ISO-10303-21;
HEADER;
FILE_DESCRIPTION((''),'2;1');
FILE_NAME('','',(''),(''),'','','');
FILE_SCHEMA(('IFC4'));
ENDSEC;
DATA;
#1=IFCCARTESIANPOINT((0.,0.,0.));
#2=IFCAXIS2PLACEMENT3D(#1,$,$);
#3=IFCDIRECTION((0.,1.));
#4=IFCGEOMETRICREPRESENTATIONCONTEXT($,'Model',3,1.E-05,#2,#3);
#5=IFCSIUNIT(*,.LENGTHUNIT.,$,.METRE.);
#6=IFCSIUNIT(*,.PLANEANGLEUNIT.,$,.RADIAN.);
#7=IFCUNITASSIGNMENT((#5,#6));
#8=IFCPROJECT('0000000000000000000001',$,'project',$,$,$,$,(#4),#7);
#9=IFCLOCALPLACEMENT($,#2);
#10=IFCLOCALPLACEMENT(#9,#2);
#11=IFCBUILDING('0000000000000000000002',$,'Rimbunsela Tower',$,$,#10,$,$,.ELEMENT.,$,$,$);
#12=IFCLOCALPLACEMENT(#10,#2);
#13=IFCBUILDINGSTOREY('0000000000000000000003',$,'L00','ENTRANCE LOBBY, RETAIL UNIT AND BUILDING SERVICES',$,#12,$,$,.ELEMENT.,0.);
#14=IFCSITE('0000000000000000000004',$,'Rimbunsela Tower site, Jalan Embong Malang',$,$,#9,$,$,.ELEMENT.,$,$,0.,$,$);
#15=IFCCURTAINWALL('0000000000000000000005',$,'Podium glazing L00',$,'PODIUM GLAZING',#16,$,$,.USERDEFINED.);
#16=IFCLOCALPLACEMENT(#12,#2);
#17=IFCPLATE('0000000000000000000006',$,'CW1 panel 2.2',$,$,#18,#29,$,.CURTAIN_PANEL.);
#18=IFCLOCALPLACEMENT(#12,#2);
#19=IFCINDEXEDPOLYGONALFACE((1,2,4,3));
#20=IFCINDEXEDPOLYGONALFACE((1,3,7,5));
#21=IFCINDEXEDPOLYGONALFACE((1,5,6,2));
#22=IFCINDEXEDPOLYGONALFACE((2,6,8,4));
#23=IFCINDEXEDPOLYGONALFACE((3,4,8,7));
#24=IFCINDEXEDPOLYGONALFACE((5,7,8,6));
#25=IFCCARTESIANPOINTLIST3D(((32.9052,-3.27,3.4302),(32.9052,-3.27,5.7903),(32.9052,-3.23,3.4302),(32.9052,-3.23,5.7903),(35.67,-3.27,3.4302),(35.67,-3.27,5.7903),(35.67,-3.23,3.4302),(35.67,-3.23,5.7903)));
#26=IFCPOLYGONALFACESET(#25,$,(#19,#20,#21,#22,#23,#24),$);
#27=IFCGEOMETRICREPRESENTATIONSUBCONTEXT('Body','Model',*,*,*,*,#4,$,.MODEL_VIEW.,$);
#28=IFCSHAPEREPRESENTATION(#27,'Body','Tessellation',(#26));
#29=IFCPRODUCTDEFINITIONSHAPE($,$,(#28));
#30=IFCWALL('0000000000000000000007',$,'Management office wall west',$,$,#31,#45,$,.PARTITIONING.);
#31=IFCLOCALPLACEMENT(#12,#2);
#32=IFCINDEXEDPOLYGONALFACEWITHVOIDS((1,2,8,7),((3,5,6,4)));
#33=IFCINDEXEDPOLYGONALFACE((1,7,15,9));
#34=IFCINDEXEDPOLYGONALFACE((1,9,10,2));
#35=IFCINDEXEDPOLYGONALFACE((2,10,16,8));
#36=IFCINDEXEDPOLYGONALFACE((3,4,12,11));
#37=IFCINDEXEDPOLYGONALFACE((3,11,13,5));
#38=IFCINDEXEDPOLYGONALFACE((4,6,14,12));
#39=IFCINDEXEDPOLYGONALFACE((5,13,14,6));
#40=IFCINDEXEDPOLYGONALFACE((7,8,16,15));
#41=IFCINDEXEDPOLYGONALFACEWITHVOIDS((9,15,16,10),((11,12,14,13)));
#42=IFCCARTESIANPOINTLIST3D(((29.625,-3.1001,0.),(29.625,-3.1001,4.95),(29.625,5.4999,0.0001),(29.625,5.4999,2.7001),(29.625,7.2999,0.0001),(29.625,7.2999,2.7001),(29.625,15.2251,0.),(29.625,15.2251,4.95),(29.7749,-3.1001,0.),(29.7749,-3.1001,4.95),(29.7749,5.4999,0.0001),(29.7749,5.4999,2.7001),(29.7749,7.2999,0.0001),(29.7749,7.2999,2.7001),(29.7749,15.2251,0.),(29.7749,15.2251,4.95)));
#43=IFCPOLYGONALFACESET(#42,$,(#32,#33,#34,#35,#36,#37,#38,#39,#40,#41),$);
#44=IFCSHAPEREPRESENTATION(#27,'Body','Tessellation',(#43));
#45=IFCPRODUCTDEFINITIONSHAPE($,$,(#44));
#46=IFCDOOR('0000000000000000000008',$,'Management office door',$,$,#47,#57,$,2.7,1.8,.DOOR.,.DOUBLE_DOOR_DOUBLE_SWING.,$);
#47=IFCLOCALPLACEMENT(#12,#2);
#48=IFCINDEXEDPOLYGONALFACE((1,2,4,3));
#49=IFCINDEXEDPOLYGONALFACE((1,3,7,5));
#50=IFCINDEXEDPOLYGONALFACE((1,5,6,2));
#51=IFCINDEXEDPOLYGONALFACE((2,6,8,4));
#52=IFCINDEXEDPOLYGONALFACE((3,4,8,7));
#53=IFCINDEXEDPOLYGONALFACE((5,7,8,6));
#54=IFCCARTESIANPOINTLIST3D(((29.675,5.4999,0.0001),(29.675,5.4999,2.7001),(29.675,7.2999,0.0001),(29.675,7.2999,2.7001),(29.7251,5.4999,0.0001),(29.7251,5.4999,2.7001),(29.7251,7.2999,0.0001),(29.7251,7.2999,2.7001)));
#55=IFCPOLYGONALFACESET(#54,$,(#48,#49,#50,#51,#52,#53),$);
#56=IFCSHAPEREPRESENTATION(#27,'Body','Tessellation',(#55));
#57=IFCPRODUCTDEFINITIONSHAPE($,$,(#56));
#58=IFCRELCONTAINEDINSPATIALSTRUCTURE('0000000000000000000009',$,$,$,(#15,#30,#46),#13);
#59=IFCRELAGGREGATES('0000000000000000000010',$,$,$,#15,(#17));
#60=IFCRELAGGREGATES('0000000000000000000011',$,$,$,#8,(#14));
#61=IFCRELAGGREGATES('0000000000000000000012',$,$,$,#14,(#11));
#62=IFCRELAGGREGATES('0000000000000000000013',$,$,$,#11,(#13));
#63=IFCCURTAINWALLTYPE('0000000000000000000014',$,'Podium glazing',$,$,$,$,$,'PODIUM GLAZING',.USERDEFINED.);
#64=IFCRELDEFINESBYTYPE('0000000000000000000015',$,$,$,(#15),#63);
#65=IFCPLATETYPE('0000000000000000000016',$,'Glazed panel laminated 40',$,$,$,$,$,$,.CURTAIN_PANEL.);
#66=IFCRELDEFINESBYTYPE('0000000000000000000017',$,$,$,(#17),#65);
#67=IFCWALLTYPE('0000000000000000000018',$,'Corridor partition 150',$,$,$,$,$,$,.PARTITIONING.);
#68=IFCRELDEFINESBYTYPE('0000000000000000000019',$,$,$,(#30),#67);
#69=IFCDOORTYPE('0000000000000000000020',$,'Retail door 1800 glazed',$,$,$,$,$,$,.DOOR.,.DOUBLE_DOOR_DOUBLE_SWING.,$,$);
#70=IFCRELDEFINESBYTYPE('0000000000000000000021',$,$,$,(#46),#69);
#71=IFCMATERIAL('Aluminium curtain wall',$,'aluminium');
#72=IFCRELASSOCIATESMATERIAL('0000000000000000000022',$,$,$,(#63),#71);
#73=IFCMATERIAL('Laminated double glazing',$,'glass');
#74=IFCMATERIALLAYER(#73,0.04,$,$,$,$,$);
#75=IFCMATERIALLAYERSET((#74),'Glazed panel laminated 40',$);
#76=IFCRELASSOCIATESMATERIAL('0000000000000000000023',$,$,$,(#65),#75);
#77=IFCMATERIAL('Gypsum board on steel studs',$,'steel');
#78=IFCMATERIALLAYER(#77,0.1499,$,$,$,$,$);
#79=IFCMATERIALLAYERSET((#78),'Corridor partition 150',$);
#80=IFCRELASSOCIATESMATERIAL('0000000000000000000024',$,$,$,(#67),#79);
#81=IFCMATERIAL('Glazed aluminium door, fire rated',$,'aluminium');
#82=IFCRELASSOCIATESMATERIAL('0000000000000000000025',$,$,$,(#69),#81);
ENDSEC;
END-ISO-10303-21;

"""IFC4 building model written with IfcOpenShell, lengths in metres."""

from ifc_helpers import new_model, si_unit, direction, frame, frame_2d, origin, origin_2d, place, context, subcontext, project, spatial, rectangle, extrude, material, layer, layer_set, type_object, element, fill, aggregate, save


model = new_model("IFC4")

# Units and contexts
model_context = context("Model", 3, precision=1e-05, world=origin(), true_north=direction((0.0, 1.0)))
body_context = subcontext(model_context, "Body", "Model", "MODEL_VIEW")
ifc_project = project(units=[si_unit("LENGTHUNIT", "METRE"), si_unit("PLANEANGLEUNIT", "RADIAN")], contexts=[model_context])

# Site, building, storey
site_placement = place(None, origin())
site = spatial("IfcSite", under=ifc_project, at=site_placement, Name="Rimbunsela Tower site, Jalan Embong Malang", CompositionType="ELEMENT", RefElevation=0.0)
building_placement = place(site_placement, origin())
building = spatial("IfcBuilding", under=site, at=building_placement, Name="Rimbunsela Tower", CompositionType="ELEMENT")
storey_placement = place(building_placement, origin())
storey = spatial("IfcBuildingStorey", under=building, at=storey_placement, Name="L00", Description="ENTRANCE LOBBY, RETAIL UNIT AND BUILDING SERVICES", CompositionType="ELEMENT", Elevation=0.0)

# Curtain wall
ifc_material_1 = material(Name="Aluminium curtain wall", Category="aluminium")
curtain_wall_type = type_object("IfcCurtainWallType", Name="Podium glazing", ElementType="PODIUM GLAZING", PredefinedType="USERDEFINED", material=ifc_material_1)
curtain_wall_placement = place(storey_placement, origin())
curtain_wall = element("IfcCurtainWall", 1, at=curtain_wall_placement, inside=storey, type_object=curtain_wall_type, Name="Podium glazing L00", ObjectType="PODIUM GLAZING", PredefinedType="USERDEFINED")

# Plate
ifc_material_2 = material(Name="Laminated double glazing", Category="glass")
ifc_layer_1 = layer(ifc_material_2, 0.04)
ifc_layer_set_1 = layer_set([ifc_layer_1], Name="Glazed panel laminated 40")
plate_type = type_object("IfcPlateType", Name="Glazed panel laminated 40", PredefinedType="CURTAIN_PANEL", material=ifc_layer_set_1)
plate_1_placement = place(storey_placement, frame((34.2876, -3.25, 3.4302), z_axis=(0.0, 0.0, 1.0), x_axis=(1.0, 0.0, 0.0)))
plate_1 = element("IfcPlate", 2, at=plate_1_placement, type_object=plate_type, Name="CW1 panel 2.2", PredefinedType="CURTAIN_PANEL", context=body_context, shape_type="SweptSolid", body=[
    extrude(rectangle(XDim=2.7649, YDim=0.04, at=origin_2d()), origin(), (0.0, 0.0, 1.0), 2.3601),
])
aggregate(curtain_wall, [plate_1])

# Wall, opening, door
ifc_material_3 = material(Name="Gypsum board on steel studs", Category="steel")
ifc_layer_2 = layer(ifc_material_3, 0.1499)
ifc_layer_set_2 = layer_set([ifc_layer_2], Name="Corridor partition 150")
wall_type = type_object("IfcWallType", Name="Corridor partition 150", PredefinedType="PARTITIONING", material=ifc_layer_set_2)
wall_placement = place(storey_placement, frame((29.7, -3.1001, 0.0), z_axis=(0.0, 0.0, 1.0), x_axis=(0.0, 1.0, 0.0)))
wall = element("IfcWall", 3, at=wall_placement, inside=storey, type_object=wall_type, Name="Management office wall west", PredefinedType="PARTITIONING", context=body_context, shape_type="SweptSolid", body=[
    extrude(rectangle(XDim=18.3252, YDim=0.1499, at=frame_2d((9.1626, 0.0))), origin(), (0.0, 0.0, 1.0), 4.95),
])
opening_placement = place(wall_placement, frame((8.6001, 0.0, 0.0)))
opening = element("IfcOpeningElement", 4, at=opening_placement, cuts=wall, PredefinedType="OPENING", context=body_context, shape_type="SweptSolid", body=[
    extrude(rectangle(XDim=1.8, YDim=2.7, at=frame_2d((0.8999, 1.3501))), frame((0.0, 0.085, 0.0), z_axis=(0.0, -1.0, 0.0), x_axis=(1.0, 0.0, 0.0)), (0.0, 0.0, 1.0), 0.1699),
])
ifc_material_4 = material(Name="Glazed aluminium door, fire rated", Category="aluminium")
door_type = type_object("IfcDoorType", Name="Retail door 1800 glazed", OperationType="DOUBLE_DOOR_DOUBLE_SWING", PredefinedType="DOOR", material=ifc_material_4)
door_placement = place(opening_placement, origin())
door = element("IfcDoor", 5, at=door_placement, inside=storey, type_object=door_type, Name="Management office door", OperationType="DOUBLE_DOOR_DOUBLE_SWING", OverallHeight=2.7, OverallWidth=1.8, PredefinedType="DOOR", context=body_context, shape_type="SweptSolid", body=[
    extrude(rectangle(XDim=1.8, YDim=2.7, at=frame_2d((0.8999, 1.3501))), frame((0.0, 0.0249, 0.0), z_axis=(0.0, -1.0, 0.0), x_axis=(1.0, 0.0, 0.0)), (0.0, 0.0, 1.0), 0.05),
])
fill(opening, door)

save(model, "model.ifc")
